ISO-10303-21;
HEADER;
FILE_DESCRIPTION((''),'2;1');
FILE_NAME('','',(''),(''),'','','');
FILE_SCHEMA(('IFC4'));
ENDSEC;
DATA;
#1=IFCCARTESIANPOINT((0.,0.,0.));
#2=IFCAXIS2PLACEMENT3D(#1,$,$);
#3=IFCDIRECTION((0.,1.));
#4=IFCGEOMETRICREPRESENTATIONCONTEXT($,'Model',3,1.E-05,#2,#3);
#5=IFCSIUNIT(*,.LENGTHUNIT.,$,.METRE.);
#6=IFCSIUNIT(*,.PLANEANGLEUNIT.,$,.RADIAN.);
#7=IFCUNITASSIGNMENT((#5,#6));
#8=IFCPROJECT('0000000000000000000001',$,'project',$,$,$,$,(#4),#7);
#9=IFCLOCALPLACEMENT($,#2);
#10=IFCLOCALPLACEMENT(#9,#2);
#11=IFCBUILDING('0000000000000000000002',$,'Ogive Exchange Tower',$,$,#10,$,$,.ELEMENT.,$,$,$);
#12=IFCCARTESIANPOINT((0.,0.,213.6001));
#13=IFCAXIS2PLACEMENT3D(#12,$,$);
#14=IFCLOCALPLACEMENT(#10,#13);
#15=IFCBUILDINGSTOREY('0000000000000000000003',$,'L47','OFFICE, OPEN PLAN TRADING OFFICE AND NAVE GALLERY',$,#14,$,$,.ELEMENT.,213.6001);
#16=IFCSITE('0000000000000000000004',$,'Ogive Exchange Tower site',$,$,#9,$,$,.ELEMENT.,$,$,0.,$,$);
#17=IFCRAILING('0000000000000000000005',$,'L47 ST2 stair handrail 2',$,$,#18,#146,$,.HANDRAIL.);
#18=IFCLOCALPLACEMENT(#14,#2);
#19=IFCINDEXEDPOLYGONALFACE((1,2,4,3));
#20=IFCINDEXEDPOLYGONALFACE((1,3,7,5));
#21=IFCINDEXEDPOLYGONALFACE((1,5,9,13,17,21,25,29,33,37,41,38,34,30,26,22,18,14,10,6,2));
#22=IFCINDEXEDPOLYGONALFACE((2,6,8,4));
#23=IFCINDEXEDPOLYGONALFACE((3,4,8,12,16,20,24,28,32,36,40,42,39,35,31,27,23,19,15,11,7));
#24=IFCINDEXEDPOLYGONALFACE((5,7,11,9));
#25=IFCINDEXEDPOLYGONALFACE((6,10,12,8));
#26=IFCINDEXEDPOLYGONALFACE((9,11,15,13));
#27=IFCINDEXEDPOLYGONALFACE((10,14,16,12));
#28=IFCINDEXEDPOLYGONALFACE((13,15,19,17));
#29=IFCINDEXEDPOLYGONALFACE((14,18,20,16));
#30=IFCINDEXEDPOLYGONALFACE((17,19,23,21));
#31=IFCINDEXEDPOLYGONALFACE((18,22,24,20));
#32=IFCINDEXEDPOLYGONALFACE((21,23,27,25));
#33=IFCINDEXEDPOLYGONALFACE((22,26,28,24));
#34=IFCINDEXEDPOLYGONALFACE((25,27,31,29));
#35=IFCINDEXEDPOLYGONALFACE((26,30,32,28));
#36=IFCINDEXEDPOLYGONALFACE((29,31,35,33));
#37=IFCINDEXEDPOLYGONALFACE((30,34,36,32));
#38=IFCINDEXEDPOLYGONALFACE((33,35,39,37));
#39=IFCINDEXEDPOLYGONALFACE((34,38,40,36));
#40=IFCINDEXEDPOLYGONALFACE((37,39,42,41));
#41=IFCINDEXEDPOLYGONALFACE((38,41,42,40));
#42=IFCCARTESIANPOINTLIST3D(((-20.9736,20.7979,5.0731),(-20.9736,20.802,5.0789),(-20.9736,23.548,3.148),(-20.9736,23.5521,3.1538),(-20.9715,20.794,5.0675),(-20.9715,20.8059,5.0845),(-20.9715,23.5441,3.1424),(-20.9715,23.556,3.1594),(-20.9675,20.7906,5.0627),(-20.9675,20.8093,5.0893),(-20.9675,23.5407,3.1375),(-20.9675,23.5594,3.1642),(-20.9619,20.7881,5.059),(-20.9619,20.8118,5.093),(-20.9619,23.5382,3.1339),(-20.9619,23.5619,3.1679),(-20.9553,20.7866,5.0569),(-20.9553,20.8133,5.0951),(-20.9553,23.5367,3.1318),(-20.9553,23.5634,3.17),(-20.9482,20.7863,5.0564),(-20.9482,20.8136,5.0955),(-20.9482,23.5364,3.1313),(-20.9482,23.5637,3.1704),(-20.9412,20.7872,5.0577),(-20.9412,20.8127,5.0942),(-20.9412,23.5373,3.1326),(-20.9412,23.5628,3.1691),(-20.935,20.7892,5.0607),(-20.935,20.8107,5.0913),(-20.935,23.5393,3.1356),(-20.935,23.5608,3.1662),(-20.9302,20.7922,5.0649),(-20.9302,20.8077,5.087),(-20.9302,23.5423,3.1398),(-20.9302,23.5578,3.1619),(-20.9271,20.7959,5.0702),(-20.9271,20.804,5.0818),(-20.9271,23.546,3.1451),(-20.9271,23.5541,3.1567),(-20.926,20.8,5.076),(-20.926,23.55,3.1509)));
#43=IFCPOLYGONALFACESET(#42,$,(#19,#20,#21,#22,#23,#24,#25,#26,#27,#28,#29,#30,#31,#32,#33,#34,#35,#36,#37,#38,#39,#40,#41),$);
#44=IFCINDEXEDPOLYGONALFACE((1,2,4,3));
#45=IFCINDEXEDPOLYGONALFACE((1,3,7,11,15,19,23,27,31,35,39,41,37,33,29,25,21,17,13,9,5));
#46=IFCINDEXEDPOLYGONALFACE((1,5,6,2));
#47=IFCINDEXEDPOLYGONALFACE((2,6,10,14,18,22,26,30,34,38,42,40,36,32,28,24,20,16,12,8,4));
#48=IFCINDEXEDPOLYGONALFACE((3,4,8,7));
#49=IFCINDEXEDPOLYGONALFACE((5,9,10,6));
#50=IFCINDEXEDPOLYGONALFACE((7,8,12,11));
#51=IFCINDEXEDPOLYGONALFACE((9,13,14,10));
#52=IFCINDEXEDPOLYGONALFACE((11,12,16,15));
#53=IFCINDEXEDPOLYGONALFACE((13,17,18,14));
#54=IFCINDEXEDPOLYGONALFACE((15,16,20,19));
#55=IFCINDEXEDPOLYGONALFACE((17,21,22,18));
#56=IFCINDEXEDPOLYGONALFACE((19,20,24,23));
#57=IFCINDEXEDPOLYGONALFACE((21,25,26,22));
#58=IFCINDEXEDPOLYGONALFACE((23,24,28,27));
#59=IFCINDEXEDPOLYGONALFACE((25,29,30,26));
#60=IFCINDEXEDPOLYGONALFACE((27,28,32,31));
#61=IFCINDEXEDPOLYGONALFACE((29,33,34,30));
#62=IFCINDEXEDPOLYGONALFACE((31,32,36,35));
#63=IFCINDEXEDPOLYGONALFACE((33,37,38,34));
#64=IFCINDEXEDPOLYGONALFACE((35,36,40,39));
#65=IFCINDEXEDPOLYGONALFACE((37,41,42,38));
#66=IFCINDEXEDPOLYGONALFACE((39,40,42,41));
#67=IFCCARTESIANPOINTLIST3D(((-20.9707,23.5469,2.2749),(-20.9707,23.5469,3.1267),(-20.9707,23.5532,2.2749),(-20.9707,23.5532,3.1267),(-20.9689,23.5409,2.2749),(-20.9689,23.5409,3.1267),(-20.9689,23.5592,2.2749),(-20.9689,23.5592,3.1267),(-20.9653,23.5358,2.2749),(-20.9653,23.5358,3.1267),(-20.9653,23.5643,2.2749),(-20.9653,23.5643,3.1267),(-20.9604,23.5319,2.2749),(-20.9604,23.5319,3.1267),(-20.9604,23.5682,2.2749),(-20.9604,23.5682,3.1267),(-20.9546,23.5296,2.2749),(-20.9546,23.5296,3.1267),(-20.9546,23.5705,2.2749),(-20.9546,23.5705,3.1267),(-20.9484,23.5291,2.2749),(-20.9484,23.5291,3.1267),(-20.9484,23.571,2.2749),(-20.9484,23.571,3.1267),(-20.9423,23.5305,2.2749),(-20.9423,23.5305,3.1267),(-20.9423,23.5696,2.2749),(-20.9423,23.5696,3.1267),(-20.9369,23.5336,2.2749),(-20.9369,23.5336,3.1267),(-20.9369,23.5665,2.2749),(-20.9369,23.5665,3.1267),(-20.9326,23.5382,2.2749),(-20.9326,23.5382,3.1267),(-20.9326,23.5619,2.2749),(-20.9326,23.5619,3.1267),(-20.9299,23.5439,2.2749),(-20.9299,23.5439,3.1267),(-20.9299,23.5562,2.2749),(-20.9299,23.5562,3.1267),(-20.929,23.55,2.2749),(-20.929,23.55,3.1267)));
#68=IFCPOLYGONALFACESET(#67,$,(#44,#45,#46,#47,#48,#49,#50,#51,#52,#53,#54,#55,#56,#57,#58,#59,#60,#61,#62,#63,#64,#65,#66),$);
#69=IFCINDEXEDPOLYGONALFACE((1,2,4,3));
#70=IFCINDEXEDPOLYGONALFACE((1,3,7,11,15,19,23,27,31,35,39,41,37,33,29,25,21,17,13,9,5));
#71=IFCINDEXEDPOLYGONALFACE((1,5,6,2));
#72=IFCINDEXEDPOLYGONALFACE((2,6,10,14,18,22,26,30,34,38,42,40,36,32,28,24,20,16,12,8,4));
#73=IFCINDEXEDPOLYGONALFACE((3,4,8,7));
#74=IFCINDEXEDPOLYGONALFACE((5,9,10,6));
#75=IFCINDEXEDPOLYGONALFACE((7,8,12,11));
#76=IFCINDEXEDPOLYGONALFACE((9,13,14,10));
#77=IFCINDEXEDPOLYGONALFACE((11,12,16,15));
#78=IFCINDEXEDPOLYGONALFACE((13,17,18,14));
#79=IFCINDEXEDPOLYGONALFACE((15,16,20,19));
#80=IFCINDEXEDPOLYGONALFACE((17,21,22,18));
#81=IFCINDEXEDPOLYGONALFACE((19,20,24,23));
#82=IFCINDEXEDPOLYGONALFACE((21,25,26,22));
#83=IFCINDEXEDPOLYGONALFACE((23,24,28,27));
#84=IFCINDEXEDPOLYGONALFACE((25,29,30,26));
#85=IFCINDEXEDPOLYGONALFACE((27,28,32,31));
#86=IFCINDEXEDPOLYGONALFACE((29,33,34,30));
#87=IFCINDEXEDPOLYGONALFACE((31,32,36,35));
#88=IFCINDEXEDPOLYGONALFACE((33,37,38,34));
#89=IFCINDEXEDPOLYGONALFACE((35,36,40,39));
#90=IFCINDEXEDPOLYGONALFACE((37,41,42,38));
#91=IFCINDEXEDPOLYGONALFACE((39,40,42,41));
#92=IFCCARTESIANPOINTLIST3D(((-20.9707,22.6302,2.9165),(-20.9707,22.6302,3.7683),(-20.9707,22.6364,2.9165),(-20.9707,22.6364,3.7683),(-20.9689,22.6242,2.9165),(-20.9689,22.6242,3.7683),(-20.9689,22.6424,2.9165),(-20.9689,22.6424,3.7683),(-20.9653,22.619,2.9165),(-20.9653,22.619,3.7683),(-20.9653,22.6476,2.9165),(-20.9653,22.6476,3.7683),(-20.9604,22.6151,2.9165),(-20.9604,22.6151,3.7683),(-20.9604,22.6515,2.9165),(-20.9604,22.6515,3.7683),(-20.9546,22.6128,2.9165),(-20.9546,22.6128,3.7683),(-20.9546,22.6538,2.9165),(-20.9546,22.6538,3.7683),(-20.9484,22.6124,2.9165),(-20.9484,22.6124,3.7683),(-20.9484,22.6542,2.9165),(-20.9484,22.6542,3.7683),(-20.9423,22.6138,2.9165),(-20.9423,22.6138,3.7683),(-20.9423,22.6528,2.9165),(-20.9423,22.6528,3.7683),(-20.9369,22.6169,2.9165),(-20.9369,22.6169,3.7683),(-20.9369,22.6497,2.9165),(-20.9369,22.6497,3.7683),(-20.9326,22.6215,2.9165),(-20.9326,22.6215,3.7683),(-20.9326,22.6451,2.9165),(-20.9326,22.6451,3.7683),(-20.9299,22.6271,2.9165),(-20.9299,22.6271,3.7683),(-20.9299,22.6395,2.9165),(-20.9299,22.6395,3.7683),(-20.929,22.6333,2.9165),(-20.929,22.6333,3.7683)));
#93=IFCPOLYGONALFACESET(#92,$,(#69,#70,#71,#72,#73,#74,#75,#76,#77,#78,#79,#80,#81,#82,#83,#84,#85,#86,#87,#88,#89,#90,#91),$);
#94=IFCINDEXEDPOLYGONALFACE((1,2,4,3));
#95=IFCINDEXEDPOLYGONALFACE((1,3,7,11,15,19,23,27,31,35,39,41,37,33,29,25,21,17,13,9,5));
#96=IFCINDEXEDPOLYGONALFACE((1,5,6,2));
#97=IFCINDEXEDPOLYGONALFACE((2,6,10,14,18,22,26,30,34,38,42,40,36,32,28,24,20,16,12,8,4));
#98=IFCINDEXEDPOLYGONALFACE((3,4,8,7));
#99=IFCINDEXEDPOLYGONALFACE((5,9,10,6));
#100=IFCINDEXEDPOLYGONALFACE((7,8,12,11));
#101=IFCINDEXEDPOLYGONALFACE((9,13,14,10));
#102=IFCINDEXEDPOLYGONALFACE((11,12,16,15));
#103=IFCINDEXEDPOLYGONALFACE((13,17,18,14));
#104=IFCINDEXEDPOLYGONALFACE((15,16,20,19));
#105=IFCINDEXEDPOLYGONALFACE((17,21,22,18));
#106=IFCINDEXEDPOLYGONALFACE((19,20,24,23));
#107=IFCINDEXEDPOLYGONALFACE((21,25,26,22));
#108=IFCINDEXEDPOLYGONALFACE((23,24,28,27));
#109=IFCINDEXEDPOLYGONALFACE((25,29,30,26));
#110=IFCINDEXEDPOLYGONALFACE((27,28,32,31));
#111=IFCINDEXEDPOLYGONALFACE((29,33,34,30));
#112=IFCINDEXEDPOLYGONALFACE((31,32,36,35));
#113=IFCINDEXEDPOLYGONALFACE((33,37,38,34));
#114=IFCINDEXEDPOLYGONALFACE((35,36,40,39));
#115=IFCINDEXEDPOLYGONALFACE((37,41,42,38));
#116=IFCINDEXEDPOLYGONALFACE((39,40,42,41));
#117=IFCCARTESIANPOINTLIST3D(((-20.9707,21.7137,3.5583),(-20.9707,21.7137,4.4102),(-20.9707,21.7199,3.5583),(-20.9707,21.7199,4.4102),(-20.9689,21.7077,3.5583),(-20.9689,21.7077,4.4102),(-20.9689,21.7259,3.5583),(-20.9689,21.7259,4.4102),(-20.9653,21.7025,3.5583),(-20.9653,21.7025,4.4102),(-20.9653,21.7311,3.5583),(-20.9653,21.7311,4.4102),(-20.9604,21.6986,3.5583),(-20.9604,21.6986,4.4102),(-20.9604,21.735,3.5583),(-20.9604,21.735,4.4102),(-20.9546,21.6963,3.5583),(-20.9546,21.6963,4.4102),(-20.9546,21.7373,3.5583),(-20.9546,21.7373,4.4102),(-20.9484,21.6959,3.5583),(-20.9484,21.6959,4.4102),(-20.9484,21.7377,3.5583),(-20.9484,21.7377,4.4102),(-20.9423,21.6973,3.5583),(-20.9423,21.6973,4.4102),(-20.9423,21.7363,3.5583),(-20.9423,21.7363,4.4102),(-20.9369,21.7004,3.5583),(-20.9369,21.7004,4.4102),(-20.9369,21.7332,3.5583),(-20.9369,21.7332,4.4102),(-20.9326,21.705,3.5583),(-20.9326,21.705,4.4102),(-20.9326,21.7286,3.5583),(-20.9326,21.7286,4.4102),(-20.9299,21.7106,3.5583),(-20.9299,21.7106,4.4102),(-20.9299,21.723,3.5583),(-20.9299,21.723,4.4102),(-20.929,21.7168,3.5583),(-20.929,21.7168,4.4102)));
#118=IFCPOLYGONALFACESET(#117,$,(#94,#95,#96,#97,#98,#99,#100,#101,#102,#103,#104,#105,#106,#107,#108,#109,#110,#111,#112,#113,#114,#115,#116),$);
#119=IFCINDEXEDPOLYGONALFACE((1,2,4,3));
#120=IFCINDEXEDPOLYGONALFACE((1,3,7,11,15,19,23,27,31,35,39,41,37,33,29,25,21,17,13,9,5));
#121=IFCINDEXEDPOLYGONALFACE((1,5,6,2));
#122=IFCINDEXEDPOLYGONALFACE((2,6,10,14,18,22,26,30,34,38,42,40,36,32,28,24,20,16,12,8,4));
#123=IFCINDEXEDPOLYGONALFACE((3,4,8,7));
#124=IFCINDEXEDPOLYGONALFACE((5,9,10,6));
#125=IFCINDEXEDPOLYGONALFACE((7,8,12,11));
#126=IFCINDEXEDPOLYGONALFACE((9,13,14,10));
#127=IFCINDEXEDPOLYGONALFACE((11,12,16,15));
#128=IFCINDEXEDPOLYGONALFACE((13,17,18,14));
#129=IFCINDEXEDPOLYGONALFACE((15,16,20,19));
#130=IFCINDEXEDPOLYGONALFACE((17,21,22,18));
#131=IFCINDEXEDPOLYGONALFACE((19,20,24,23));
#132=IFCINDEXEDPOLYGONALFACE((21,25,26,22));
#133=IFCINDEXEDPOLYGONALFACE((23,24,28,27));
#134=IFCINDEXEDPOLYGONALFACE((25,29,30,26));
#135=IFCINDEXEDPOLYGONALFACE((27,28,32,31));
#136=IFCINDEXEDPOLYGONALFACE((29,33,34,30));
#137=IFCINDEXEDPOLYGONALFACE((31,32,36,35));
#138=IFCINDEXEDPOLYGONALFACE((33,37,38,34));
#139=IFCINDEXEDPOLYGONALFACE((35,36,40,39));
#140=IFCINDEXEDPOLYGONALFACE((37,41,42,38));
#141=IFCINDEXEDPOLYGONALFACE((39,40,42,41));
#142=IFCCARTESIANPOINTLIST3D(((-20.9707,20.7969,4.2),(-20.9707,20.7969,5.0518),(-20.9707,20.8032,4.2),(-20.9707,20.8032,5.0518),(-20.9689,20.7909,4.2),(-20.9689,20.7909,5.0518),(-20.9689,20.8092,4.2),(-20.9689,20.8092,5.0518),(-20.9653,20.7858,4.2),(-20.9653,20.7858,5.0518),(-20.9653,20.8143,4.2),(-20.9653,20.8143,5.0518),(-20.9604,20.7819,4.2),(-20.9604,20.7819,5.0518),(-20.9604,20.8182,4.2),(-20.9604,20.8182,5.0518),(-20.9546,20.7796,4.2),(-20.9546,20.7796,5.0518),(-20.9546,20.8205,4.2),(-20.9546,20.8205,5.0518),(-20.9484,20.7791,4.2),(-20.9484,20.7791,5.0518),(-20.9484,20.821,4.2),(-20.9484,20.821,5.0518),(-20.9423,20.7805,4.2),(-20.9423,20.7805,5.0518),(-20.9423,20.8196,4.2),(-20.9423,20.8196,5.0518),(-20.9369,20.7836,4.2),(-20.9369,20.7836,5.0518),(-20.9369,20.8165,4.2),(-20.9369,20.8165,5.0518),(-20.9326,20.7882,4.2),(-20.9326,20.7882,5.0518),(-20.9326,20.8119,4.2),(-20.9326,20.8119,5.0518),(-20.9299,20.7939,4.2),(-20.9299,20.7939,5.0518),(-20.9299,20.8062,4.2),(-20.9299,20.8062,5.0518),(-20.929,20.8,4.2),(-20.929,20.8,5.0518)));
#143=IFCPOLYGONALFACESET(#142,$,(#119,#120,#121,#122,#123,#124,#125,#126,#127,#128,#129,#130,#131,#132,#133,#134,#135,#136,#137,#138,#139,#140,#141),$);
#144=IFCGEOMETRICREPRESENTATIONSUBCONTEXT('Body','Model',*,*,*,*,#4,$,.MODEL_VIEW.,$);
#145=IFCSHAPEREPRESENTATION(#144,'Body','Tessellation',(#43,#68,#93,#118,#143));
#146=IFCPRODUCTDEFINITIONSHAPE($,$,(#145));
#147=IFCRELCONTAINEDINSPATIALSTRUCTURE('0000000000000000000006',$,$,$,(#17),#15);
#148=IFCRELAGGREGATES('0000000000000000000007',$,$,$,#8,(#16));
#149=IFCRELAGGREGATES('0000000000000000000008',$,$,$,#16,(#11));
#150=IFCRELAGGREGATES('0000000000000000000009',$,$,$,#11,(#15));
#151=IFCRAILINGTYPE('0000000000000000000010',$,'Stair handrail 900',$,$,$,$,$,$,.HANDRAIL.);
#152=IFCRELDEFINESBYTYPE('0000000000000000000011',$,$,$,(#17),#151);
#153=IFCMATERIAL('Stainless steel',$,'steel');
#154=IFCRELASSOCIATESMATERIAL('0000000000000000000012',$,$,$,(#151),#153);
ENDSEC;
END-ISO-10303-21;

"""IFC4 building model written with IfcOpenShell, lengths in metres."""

from ifc_helpers import new_model, si_unit, direction, frame, origin, origin_2d, place, context, subcontext, project, spatial, circle, extrude, material, type_object, element, save


model = new_model("IFC4")

# Units and contexts
model_context = context("Model", 3, precision=1e-05, world=origin(), true_north=direction((0.0, 1.0)))
body_context = subcontext(model_context, "Body", "Model", "MODEL_VIEW")
ifc_project = project(units=[si_unit("LENGTHUNIT", "METRE"), si_unit("PLANEANGLEUNIT", "RADIAN")], contexts=[model_context])

# Site, building, storey
site_placement = place(None, origin())
site = spatial("IfcSite", under=ifc_project, at=site_placement, Name="Ogive Exchange Tower site", CompositionType="ELEMENT", RefElevation=0.0)
building_placement = place(site_placement, origin())
building = spatial("IfcBuilding", under=site, at=building_placement, Name="Ogive Exchange Tower", CompositionType="ELEMENT")
storey_placement = place(building_placement, frame((0.0, 0.0, 213.6001)))
storey = spatial("IfcBuildingStorey", under=building, at=storey_placement, Name="L47", Description="OFFICE, OPEN PLAN TRADING OFFICE AND NAVE GALLERY", CompositionType="ELEMENT", Elevation=213.6001)

# Railing
ifc_material_1 = material(Name="Stainless steel", Category="steel")
railing_type = type_object("IfcRailingType", Name="Stair handrail 900", PredefinedType="HANDRAIL", material=ifc_material_1)
railing_1_placement = place(storey_placement, frame((-20.95, 23.55, 2.2749)))
element("IfcRailing", 1, at=railing_1_placement, inside=storey, type_object=railing_type, Name="L47 ST2 stair handrail 2", PredefinedType="HANDRAIL", context=body_context, shape_type="SweptSolid", body=[
    extrude(circle(Radius=0.0239, at=origin_2d()), frame((0.0, 0.0, 0.876), z_axis=(0.0, -0.819225, 0.573472), x_axis=(1.0, 0.0, 0.0)), (0.0, 0.0, 1.0), 3.3569),
    extrude(circle(Radius=0.021, at=origin_2d()), origin(), (0.0, 0.0, 1.0), 0.8518),
    extrude(circle(Radius=0.021, at=origin_2d()), frame((0.0, -0.9167, 0.6416)), (0.0, 0.0, 1.0), 0.8518),
    extrude(circle(Radius=0.021, at=origin_2d()), frame((0.0, -1.8333, 1.2834)), (0.0, 0.0, 1.0), 0.8518),
    extrude(circle(Radius=0.021, at=origin_2d()), frame((0.0, -2.75, 1.925)), (0.0, 0.0, 1.0), 0.8518),
])

save(model, "model.ifc")
